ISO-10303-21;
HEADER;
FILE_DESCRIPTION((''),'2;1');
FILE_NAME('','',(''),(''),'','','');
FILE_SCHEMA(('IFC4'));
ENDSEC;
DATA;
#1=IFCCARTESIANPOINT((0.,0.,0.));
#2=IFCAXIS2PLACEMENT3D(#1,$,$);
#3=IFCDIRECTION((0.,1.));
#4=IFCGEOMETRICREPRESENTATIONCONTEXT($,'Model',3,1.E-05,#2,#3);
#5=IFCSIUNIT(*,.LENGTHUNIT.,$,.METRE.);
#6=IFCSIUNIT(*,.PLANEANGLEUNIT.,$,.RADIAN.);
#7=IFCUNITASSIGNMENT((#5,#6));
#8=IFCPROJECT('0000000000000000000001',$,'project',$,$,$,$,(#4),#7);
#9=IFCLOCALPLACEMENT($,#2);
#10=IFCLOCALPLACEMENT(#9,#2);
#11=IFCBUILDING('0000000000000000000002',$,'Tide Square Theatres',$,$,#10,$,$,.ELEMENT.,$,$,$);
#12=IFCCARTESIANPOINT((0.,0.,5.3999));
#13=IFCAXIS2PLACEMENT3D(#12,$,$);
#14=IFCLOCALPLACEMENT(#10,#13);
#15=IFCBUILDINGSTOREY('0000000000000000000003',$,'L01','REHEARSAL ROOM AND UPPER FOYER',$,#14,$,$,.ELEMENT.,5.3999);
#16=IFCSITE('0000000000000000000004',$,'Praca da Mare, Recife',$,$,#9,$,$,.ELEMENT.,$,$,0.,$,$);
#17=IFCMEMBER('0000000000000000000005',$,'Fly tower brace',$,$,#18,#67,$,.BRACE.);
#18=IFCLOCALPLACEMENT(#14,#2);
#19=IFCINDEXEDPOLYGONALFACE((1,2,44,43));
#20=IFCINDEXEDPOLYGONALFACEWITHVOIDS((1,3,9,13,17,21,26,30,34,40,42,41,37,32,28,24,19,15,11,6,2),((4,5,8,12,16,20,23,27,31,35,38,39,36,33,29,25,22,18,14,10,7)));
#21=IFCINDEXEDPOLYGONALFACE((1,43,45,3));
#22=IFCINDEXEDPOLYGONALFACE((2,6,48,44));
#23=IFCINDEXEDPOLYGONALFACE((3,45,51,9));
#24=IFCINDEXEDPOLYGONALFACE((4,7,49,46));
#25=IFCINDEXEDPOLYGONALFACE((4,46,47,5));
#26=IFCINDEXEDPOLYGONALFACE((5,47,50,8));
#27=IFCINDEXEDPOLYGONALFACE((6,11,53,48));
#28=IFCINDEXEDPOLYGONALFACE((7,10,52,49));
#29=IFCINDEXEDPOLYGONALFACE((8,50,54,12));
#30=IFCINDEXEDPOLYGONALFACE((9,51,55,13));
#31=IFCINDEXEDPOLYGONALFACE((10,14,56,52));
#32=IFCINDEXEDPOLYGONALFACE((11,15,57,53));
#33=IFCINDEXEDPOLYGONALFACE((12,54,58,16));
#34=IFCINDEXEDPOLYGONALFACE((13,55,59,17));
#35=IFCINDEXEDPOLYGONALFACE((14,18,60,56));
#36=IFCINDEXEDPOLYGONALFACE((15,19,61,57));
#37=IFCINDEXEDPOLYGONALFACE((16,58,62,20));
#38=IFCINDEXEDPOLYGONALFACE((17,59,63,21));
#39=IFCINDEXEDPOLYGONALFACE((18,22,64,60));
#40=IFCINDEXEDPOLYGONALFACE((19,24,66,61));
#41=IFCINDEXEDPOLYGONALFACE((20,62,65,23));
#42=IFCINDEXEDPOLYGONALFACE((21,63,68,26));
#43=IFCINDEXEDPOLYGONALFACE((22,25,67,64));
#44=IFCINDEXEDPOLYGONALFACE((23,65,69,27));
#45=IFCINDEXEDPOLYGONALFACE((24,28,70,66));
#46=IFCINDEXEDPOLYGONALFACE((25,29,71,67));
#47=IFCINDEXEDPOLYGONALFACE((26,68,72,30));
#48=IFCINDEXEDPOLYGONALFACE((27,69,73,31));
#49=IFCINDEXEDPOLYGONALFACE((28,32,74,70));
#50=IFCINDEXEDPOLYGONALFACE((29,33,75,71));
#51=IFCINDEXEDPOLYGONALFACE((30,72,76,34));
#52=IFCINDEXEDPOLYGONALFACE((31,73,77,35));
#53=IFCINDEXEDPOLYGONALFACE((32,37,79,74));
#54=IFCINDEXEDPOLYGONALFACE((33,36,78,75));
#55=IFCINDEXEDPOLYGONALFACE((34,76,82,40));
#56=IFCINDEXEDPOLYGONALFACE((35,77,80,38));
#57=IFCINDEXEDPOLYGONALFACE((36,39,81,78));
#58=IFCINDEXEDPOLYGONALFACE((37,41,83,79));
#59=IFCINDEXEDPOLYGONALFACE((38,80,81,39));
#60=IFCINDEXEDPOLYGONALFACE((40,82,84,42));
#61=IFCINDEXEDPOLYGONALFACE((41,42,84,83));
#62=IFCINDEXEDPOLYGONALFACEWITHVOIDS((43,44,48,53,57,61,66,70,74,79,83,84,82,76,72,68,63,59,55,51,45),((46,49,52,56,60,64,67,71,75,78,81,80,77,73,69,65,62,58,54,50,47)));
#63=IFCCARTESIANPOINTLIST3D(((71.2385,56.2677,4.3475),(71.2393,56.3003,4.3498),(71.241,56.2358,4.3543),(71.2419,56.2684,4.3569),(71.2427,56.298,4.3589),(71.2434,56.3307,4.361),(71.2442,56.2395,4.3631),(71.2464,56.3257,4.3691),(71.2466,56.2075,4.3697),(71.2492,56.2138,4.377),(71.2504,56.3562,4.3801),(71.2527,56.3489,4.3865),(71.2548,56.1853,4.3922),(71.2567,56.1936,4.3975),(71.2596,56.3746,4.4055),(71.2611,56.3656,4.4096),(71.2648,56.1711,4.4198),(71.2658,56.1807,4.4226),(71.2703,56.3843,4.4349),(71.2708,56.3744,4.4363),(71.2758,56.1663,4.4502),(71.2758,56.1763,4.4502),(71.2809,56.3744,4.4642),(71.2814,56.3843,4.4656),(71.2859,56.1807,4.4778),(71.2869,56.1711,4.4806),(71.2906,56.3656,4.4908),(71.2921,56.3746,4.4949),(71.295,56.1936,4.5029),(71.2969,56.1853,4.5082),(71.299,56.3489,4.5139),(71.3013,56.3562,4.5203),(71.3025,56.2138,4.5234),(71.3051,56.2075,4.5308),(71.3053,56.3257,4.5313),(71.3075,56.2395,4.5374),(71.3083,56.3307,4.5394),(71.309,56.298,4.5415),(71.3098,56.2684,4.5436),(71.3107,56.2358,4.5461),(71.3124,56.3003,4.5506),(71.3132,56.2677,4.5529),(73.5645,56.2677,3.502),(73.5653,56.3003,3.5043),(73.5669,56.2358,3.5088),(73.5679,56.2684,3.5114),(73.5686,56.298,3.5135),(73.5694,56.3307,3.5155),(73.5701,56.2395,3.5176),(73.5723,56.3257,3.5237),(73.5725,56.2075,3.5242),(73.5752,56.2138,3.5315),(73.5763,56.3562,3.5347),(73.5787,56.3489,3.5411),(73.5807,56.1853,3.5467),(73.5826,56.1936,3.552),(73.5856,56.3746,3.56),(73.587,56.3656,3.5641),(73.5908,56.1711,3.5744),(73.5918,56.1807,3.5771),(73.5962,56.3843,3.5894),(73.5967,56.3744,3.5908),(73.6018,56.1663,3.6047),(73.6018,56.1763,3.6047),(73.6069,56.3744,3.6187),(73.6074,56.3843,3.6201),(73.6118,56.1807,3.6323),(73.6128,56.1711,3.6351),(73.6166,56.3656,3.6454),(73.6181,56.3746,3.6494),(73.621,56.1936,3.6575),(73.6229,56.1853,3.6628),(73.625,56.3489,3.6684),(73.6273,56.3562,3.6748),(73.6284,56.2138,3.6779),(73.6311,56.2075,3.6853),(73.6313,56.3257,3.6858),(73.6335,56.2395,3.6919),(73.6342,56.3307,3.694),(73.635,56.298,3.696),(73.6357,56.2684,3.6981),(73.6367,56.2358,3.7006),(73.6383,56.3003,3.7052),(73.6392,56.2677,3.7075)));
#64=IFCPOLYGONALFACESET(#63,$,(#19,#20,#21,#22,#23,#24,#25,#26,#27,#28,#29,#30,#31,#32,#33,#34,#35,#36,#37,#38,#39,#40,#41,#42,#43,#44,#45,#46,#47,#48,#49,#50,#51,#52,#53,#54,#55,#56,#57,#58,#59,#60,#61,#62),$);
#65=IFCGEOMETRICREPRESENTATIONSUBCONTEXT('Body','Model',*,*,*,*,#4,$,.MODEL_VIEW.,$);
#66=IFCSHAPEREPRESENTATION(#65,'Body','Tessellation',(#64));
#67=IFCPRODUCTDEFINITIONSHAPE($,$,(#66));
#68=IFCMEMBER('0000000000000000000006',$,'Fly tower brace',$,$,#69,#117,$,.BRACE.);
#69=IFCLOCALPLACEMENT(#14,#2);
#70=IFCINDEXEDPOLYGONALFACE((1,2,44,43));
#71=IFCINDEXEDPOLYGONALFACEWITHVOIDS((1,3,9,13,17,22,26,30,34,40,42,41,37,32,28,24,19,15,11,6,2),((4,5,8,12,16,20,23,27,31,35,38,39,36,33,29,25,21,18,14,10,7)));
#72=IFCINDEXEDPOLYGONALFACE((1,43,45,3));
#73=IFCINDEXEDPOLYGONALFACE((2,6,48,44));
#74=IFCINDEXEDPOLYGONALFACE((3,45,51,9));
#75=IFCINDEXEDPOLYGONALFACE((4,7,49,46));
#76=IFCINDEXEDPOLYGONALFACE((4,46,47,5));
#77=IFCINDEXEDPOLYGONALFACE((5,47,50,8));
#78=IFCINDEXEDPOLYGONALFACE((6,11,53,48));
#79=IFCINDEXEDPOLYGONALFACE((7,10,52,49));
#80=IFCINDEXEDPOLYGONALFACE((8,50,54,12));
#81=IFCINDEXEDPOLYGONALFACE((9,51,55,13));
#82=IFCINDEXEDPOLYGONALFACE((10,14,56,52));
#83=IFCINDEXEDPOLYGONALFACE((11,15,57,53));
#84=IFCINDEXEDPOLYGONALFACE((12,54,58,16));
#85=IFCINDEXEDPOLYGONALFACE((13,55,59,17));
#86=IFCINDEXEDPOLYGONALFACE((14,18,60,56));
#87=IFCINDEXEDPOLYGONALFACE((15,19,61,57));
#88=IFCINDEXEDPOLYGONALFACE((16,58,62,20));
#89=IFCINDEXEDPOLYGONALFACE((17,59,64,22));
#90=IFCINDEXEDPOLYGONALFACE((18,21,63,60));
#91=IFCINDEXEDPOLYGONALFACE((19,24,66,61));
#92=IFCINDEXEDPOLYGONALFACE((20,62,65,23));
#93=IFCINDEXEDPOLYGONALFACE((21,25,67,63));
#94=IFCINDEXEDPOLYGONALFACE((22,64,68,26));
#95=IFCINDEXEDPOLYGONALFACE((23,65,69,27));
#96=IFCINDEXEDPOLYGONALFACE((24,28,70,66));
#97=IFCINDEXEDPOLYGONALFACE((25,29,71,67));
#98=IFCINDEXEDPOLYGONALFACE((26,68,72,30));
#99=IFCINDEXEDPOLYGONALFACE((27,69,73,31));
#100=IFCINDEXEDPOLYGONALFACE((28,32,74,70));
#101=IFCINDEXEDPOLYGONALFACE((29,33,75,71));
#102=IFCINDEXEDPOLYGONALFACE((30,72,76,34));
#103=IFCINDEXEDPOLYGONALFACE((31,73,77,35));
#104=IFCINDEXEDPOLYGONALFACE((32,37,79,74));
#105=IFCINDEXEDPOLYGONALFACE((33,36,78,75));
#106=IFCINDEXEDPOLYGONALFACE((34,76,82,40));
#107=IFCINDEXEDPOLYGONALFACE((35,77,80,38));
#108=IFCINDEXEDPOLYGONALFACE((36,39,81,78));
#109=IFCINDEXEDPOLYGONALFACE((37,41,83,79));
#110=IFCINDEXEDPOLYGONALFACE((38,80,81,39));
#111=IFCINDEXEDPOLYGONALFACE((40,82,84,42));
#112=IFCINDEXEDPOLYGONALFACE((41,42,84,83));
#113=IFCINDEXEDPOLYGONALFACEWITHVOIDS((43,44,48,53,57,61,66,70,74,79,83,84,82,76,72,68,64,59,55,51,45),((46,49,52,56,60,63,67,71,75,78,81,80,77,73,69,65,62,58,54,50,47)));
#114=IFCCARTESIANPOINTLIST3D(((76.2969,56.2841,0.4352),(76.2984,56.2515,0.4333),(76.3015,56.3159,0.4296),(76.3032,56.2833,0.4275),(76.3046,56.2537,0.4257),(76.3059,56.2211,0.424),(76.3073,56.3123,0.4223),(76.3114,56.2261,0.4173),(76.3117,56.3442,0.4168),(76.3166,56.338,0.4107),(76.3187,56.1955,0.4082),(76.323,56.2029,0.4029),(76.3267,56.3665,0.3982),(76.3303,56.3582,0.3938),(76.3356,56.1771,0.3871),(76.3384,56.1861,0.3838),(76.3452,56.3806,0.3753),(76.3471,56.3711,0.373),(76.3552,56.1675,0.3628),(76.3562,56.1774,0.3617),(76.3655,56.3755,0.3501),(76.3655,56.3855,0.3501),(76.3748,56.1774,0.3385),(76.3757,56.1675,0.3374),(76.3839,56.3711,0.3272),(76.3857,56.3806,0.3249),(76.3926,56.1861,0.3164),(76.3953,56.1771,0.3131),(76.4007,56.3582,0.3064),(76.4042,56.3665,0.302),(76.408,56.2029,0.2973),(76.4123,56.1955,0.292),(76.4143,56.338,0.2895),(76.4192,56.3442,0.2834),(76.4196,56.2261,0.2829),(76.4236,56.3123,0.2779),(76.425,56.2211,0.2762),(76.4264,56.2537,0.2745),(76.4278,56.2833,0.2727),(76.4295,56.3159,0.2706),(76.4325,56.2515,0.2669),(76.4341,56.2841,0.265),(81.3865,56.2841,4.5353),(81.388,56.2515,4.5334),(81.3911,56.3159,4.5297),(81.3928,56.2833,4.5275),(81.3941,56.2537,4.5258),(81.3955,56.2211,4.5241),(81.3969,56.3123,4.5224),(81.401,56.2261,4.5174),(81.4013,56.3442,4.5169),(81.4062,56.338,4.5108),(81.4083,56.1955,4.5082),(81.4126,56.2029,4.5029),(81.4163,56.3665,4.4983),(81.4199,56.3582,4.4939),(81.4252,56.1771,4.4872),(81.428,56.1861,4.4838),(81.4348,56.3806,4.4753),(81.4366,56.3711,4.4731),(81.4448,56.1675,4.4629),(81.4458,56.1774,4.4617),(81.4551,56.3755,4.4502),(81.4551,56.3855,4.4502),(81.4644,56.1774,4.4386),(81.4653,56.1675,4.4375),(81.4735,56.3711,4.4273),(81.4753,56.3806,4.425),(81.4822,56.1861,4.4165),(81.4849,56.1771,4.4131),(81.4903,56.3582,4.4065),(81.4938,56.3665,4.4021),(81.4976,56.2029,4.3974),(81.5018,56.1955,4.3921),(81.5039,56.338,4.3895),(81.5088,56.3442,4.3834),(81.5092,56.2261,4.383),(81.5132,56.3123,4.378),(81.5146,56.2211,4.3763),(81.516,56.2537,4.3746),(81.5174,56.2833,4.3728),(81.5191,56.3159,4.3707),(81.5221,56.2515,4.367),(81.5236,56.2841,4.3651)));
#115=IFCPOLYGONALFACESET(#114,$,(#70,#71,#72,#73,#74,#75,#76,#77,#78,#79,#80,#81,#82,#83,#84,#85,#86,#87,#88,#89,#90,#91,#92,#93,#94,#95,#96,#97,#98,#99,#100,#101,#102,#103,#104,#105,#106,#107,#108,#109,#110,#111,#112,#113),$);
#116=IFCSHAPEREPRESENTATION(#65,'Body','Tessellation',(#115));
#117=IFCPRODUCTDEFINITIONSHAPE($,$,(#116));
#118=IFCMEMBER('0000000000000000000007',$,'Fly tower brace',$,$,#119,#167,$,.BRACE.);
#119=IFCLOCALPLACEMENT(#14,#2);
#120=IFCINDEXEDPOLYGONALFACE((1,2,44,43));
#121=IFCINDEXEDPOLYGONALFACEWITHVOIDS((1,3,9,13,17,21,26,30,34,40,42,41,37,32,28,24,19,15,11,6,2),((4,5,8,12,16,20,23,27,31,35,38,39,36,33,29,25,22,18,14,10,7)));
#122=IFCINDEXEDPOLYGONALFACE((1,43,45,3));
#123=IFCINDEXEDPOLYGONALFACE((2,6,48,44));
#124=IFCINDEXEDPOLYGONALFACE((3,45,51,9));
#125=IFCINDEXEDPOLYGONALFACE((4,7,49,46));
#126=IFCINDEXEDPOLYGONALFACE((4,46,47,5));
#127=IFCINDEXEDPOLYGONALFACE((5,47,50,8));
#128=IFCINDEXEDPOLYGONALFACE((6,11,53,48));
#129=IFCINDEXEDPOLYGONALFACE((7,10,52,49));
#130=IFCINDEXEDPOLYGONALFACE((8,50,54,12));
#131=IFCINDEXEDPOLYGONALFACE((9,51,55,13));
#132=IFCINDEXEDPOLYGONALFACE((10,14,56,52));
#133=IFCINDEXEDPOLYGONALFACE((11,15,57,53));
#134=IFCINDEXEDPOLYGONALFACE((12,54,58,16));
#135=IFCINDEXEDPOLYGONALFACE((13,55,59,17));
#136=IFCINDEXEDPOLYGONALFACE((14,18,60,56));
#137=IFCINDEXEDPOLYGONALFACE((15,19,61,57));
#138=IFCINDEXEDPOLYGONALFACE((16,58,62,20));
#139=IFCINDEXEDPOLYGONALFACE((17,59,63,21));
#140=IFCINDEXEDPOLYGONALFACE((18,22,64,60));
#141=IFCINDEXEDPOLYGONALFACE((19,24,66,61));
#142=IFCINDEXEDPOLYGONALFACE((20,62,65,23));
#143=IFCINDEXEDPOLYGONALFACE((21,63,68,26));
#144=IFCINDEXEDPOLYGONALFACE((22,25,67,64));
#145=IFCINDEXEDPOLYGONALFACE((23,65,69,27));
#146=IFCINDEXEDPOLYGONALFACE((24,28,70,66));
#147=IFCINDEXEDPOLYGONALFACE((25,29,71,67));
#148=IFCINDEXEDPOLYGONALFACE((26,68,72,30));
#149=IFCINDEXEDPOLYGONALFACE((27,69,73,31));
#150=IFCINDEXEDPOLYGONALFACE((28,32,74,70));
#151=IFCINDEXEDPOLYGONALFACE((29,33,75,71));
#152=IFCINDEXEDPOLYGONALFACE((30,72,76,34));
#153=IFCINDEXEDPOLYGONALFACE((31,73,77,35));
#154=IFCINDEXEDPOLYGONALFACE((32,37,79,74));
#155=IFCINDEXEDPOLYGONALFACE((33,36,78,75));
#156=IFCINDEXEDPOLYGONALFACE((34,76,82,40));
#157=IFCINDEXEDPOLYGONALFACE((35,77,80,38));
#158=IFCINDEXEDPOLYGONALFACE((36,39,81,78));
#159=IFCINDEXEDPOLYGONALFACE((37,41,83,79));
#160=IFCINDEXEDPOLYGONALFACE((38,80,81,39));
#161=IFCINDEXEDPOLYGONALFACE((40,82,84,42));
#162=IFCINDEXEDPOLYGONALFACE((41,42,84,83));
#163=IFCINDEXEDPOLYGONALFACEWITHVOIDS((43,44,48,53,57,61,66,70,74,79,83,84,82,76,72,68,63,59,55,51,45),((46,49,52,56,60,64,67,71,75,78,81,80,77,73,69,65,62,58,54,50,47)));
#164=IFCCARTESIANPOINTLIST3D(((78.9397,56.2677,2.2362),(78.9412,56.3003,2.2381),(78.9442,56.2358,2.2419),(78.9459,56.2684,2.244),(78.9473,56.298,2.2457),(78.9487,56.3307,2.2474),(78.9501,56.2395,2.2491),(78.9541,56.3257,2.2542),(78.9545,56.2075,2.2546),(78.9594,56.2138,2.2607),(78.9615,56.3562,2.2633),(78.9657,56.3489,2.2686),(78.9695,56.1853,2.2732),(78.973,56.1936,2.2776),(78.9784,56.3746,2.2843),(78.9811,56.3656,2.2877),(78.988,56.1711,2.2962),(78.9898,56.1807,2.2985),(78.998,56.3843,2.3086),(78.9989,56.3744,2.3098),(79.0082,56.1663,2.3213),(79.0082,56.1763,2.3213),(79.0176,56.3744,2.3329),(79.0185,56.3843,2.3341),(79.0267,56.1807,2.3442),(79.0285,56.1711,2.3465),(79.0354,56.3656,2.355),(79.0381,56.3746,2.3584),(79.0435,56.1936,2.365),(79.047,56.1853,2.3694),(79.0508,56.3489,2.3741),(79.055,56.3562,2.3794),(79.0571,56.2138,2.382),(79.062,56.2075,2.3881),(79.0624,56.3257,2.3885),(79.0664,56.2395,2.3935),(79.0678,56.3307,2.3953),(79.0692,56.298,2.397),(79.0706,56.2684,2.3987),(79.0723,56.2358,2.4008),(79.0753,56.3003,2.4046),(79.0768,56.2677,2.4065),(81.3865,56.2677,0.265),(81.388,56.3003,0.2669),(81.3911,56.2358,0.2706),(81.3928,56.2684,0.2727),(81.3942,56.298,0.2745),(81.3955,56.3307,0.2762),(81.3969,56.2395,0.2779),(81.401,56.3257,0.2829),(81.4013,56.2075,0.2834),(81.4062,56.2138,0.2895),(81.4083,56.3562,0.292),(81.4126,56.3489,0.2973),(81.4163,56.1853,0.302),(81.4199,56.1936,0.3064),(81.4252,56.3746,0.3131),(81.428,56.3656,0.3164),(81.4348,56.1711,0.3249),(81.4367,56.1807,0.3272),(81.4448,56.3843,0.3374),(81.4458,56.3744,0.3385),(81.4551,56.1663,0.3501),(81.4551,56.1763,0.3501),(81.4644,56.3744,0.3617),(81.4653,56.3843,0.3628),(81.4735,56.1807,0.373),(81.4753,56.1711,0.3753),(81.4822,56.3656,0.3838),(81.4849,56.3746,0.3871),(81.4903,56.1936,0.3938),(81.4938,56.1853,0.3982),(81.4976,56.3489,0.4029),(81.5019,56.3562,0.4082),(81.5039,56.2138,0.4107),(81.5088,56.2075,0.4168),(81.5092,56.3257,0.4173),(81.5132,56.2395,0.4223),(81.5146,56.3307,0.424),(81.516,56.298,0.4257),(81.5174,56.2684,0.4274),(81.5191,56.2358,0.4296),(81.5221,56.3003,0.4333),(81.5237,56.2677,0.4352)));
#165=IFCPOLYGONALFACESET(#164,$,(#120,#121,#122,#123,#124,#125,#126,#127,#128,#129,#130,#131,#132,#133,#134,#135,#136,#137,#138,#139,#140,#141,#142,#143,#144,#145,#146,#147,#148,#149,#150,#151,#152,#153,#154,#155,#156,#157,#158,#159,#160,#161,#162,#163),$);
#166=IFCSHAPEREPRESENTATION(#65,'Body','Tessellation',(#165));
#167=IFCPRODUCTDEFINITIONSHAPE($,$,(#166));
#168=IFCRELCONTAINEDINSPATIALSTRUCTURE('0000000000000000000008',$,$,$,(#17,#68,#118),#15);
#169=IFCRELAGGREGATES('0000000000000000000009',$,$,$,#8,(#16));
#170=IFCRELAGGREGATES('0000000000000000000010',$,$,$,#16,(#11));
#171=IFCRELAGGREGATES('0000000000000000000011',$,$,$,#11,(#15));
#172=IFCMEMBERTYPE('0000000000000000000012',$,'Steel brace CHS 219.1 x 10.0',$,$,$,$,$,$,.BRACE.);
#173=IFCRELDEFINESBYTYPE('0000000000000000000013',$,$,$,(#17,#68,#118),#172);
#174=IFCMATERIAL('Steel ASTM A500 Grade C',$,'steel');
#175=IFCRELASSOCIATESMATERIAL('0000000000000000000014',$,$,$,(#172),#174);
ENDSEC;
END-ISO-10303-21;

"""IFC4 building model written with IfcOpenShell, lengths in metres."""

from ifc_helpers import new_model, si_unit, direction, frame, origin, origin_2d, place, context, subcontext, project, spatial, hollow_circle, extrude, material, material_profile, profile_set, type_object, element, save


model = new_model("IFC4")

# Units and contexts
model_context = context("Model", 3, precision=1e-05, world=origin(), true_north=direction((0.0, 1.0)))
body_context = subcontext(model_context, "Body", "Model", "MODEL_VIEW")
ifc_project = project(units=[si_unit("LENGTHUNIT", "METRE"), si_unit("PLANEANGLEUNIT", "RADIAN")], contexts=[model_context])

# Site, building, storey
site_placement = place(None, origin())
site = spatial("IfcSite", under=ifc_project, at=site_placement, Name="Praca da Mare, Recife", CompositionType="ELEMENT", RefElevation=0.0)
building_placement = place(site_placement, origin())
building = spatial("IfcBuilding", under=site, at=building_placement, Name="Tide Square Theatres", CompositionType="ELEMENT")
storey_placement = place(building_placement, frame((0.0, 0.0, 5.3999)))
storey = spatial("IfcBuildingStorey", under=building, at=storey_placement, Name="L01", Description="REHEARSAL ROOM AND UPPER FOYER", CompositionType="ELEMENT", Elevation=5.3999)

# Members
ifc_material_1 = material(Name="Steel ASTM A500 Grade C", Category="steel")
ifc_material_profile_1 = material_profile(ifc_material_1, hollow_circle(Radius=0.1096, WallThickness=0.01, at=origin_2d()))
ifc_profile_set_1 = profile_set([ifc_material_profile_1], Name="Steel ASTM A500 Grade C")
member_type = type_object("IfcMemberType", Name="Steel brace CHS 219.1 x 10.0", PredefinedType="BRACE", material=ifc_profile_set_1)
member_1_placement = place(storey_placement, frame((73.6018, 56.2759, 3.6047), z_axis=(-0.939837, 0.0, 0.341624), x_axis=(0.0, -1.0, 0.0)))
element("IfcMember", 1, at=member_1_placement, inside=storey, type_object=member_type, Name="Fly tower brace", PredefinedType="BRACE", context=body_context, shape_type="SweptSolid", body=[
    extrude(hollow_circle(Radius=0.1096, WallThickness=0.01, at=origin_2d()), origin(), (0.0, 0.0, 1.0), 2.4749),
])
member_2_placement = place(storey_placement, frame((76.3655, 56.2759, 0.3501), z_axis=(0.778743, 0.0, 0.627343), x_axis=(0.0, 1.0, 0.0)))
element("IfcMember", 2, at=member_2_placement, inside=storey, type_object=member_type, Name="Fly tower brace", PredefinedType="BRACE", context=body_context, shape_type="SweptSolid", body=[
    extrude(hollow_circle(Radius=0.1096, WallThickness=0.01, at=origin_2d()), origin(), (0.0, 0.0, 1.0), 6.5356),
])
member_3_placement = place(storey_placement, frame((81.4551, 56.2759, 0.3501), z_axis=(-0.778726, 0.0, 0.627364), x_axis=(0.0, -1.0, 0.0)))
element("IfcMember", 3, at=member_3_placement, inside=storey, type_object=member_type, Name="Fly tower brace", PredefinedType="BRACE", context=body_context, shape_type="SweptSolid", body=[
    extrude(hollow_circle(Radius=0.1096, WallThickness=0.01, at=origin_2d()), origin(), (0.0, 0.0, 1.0), 3.1421),
])

save(model, "model.ifc")
